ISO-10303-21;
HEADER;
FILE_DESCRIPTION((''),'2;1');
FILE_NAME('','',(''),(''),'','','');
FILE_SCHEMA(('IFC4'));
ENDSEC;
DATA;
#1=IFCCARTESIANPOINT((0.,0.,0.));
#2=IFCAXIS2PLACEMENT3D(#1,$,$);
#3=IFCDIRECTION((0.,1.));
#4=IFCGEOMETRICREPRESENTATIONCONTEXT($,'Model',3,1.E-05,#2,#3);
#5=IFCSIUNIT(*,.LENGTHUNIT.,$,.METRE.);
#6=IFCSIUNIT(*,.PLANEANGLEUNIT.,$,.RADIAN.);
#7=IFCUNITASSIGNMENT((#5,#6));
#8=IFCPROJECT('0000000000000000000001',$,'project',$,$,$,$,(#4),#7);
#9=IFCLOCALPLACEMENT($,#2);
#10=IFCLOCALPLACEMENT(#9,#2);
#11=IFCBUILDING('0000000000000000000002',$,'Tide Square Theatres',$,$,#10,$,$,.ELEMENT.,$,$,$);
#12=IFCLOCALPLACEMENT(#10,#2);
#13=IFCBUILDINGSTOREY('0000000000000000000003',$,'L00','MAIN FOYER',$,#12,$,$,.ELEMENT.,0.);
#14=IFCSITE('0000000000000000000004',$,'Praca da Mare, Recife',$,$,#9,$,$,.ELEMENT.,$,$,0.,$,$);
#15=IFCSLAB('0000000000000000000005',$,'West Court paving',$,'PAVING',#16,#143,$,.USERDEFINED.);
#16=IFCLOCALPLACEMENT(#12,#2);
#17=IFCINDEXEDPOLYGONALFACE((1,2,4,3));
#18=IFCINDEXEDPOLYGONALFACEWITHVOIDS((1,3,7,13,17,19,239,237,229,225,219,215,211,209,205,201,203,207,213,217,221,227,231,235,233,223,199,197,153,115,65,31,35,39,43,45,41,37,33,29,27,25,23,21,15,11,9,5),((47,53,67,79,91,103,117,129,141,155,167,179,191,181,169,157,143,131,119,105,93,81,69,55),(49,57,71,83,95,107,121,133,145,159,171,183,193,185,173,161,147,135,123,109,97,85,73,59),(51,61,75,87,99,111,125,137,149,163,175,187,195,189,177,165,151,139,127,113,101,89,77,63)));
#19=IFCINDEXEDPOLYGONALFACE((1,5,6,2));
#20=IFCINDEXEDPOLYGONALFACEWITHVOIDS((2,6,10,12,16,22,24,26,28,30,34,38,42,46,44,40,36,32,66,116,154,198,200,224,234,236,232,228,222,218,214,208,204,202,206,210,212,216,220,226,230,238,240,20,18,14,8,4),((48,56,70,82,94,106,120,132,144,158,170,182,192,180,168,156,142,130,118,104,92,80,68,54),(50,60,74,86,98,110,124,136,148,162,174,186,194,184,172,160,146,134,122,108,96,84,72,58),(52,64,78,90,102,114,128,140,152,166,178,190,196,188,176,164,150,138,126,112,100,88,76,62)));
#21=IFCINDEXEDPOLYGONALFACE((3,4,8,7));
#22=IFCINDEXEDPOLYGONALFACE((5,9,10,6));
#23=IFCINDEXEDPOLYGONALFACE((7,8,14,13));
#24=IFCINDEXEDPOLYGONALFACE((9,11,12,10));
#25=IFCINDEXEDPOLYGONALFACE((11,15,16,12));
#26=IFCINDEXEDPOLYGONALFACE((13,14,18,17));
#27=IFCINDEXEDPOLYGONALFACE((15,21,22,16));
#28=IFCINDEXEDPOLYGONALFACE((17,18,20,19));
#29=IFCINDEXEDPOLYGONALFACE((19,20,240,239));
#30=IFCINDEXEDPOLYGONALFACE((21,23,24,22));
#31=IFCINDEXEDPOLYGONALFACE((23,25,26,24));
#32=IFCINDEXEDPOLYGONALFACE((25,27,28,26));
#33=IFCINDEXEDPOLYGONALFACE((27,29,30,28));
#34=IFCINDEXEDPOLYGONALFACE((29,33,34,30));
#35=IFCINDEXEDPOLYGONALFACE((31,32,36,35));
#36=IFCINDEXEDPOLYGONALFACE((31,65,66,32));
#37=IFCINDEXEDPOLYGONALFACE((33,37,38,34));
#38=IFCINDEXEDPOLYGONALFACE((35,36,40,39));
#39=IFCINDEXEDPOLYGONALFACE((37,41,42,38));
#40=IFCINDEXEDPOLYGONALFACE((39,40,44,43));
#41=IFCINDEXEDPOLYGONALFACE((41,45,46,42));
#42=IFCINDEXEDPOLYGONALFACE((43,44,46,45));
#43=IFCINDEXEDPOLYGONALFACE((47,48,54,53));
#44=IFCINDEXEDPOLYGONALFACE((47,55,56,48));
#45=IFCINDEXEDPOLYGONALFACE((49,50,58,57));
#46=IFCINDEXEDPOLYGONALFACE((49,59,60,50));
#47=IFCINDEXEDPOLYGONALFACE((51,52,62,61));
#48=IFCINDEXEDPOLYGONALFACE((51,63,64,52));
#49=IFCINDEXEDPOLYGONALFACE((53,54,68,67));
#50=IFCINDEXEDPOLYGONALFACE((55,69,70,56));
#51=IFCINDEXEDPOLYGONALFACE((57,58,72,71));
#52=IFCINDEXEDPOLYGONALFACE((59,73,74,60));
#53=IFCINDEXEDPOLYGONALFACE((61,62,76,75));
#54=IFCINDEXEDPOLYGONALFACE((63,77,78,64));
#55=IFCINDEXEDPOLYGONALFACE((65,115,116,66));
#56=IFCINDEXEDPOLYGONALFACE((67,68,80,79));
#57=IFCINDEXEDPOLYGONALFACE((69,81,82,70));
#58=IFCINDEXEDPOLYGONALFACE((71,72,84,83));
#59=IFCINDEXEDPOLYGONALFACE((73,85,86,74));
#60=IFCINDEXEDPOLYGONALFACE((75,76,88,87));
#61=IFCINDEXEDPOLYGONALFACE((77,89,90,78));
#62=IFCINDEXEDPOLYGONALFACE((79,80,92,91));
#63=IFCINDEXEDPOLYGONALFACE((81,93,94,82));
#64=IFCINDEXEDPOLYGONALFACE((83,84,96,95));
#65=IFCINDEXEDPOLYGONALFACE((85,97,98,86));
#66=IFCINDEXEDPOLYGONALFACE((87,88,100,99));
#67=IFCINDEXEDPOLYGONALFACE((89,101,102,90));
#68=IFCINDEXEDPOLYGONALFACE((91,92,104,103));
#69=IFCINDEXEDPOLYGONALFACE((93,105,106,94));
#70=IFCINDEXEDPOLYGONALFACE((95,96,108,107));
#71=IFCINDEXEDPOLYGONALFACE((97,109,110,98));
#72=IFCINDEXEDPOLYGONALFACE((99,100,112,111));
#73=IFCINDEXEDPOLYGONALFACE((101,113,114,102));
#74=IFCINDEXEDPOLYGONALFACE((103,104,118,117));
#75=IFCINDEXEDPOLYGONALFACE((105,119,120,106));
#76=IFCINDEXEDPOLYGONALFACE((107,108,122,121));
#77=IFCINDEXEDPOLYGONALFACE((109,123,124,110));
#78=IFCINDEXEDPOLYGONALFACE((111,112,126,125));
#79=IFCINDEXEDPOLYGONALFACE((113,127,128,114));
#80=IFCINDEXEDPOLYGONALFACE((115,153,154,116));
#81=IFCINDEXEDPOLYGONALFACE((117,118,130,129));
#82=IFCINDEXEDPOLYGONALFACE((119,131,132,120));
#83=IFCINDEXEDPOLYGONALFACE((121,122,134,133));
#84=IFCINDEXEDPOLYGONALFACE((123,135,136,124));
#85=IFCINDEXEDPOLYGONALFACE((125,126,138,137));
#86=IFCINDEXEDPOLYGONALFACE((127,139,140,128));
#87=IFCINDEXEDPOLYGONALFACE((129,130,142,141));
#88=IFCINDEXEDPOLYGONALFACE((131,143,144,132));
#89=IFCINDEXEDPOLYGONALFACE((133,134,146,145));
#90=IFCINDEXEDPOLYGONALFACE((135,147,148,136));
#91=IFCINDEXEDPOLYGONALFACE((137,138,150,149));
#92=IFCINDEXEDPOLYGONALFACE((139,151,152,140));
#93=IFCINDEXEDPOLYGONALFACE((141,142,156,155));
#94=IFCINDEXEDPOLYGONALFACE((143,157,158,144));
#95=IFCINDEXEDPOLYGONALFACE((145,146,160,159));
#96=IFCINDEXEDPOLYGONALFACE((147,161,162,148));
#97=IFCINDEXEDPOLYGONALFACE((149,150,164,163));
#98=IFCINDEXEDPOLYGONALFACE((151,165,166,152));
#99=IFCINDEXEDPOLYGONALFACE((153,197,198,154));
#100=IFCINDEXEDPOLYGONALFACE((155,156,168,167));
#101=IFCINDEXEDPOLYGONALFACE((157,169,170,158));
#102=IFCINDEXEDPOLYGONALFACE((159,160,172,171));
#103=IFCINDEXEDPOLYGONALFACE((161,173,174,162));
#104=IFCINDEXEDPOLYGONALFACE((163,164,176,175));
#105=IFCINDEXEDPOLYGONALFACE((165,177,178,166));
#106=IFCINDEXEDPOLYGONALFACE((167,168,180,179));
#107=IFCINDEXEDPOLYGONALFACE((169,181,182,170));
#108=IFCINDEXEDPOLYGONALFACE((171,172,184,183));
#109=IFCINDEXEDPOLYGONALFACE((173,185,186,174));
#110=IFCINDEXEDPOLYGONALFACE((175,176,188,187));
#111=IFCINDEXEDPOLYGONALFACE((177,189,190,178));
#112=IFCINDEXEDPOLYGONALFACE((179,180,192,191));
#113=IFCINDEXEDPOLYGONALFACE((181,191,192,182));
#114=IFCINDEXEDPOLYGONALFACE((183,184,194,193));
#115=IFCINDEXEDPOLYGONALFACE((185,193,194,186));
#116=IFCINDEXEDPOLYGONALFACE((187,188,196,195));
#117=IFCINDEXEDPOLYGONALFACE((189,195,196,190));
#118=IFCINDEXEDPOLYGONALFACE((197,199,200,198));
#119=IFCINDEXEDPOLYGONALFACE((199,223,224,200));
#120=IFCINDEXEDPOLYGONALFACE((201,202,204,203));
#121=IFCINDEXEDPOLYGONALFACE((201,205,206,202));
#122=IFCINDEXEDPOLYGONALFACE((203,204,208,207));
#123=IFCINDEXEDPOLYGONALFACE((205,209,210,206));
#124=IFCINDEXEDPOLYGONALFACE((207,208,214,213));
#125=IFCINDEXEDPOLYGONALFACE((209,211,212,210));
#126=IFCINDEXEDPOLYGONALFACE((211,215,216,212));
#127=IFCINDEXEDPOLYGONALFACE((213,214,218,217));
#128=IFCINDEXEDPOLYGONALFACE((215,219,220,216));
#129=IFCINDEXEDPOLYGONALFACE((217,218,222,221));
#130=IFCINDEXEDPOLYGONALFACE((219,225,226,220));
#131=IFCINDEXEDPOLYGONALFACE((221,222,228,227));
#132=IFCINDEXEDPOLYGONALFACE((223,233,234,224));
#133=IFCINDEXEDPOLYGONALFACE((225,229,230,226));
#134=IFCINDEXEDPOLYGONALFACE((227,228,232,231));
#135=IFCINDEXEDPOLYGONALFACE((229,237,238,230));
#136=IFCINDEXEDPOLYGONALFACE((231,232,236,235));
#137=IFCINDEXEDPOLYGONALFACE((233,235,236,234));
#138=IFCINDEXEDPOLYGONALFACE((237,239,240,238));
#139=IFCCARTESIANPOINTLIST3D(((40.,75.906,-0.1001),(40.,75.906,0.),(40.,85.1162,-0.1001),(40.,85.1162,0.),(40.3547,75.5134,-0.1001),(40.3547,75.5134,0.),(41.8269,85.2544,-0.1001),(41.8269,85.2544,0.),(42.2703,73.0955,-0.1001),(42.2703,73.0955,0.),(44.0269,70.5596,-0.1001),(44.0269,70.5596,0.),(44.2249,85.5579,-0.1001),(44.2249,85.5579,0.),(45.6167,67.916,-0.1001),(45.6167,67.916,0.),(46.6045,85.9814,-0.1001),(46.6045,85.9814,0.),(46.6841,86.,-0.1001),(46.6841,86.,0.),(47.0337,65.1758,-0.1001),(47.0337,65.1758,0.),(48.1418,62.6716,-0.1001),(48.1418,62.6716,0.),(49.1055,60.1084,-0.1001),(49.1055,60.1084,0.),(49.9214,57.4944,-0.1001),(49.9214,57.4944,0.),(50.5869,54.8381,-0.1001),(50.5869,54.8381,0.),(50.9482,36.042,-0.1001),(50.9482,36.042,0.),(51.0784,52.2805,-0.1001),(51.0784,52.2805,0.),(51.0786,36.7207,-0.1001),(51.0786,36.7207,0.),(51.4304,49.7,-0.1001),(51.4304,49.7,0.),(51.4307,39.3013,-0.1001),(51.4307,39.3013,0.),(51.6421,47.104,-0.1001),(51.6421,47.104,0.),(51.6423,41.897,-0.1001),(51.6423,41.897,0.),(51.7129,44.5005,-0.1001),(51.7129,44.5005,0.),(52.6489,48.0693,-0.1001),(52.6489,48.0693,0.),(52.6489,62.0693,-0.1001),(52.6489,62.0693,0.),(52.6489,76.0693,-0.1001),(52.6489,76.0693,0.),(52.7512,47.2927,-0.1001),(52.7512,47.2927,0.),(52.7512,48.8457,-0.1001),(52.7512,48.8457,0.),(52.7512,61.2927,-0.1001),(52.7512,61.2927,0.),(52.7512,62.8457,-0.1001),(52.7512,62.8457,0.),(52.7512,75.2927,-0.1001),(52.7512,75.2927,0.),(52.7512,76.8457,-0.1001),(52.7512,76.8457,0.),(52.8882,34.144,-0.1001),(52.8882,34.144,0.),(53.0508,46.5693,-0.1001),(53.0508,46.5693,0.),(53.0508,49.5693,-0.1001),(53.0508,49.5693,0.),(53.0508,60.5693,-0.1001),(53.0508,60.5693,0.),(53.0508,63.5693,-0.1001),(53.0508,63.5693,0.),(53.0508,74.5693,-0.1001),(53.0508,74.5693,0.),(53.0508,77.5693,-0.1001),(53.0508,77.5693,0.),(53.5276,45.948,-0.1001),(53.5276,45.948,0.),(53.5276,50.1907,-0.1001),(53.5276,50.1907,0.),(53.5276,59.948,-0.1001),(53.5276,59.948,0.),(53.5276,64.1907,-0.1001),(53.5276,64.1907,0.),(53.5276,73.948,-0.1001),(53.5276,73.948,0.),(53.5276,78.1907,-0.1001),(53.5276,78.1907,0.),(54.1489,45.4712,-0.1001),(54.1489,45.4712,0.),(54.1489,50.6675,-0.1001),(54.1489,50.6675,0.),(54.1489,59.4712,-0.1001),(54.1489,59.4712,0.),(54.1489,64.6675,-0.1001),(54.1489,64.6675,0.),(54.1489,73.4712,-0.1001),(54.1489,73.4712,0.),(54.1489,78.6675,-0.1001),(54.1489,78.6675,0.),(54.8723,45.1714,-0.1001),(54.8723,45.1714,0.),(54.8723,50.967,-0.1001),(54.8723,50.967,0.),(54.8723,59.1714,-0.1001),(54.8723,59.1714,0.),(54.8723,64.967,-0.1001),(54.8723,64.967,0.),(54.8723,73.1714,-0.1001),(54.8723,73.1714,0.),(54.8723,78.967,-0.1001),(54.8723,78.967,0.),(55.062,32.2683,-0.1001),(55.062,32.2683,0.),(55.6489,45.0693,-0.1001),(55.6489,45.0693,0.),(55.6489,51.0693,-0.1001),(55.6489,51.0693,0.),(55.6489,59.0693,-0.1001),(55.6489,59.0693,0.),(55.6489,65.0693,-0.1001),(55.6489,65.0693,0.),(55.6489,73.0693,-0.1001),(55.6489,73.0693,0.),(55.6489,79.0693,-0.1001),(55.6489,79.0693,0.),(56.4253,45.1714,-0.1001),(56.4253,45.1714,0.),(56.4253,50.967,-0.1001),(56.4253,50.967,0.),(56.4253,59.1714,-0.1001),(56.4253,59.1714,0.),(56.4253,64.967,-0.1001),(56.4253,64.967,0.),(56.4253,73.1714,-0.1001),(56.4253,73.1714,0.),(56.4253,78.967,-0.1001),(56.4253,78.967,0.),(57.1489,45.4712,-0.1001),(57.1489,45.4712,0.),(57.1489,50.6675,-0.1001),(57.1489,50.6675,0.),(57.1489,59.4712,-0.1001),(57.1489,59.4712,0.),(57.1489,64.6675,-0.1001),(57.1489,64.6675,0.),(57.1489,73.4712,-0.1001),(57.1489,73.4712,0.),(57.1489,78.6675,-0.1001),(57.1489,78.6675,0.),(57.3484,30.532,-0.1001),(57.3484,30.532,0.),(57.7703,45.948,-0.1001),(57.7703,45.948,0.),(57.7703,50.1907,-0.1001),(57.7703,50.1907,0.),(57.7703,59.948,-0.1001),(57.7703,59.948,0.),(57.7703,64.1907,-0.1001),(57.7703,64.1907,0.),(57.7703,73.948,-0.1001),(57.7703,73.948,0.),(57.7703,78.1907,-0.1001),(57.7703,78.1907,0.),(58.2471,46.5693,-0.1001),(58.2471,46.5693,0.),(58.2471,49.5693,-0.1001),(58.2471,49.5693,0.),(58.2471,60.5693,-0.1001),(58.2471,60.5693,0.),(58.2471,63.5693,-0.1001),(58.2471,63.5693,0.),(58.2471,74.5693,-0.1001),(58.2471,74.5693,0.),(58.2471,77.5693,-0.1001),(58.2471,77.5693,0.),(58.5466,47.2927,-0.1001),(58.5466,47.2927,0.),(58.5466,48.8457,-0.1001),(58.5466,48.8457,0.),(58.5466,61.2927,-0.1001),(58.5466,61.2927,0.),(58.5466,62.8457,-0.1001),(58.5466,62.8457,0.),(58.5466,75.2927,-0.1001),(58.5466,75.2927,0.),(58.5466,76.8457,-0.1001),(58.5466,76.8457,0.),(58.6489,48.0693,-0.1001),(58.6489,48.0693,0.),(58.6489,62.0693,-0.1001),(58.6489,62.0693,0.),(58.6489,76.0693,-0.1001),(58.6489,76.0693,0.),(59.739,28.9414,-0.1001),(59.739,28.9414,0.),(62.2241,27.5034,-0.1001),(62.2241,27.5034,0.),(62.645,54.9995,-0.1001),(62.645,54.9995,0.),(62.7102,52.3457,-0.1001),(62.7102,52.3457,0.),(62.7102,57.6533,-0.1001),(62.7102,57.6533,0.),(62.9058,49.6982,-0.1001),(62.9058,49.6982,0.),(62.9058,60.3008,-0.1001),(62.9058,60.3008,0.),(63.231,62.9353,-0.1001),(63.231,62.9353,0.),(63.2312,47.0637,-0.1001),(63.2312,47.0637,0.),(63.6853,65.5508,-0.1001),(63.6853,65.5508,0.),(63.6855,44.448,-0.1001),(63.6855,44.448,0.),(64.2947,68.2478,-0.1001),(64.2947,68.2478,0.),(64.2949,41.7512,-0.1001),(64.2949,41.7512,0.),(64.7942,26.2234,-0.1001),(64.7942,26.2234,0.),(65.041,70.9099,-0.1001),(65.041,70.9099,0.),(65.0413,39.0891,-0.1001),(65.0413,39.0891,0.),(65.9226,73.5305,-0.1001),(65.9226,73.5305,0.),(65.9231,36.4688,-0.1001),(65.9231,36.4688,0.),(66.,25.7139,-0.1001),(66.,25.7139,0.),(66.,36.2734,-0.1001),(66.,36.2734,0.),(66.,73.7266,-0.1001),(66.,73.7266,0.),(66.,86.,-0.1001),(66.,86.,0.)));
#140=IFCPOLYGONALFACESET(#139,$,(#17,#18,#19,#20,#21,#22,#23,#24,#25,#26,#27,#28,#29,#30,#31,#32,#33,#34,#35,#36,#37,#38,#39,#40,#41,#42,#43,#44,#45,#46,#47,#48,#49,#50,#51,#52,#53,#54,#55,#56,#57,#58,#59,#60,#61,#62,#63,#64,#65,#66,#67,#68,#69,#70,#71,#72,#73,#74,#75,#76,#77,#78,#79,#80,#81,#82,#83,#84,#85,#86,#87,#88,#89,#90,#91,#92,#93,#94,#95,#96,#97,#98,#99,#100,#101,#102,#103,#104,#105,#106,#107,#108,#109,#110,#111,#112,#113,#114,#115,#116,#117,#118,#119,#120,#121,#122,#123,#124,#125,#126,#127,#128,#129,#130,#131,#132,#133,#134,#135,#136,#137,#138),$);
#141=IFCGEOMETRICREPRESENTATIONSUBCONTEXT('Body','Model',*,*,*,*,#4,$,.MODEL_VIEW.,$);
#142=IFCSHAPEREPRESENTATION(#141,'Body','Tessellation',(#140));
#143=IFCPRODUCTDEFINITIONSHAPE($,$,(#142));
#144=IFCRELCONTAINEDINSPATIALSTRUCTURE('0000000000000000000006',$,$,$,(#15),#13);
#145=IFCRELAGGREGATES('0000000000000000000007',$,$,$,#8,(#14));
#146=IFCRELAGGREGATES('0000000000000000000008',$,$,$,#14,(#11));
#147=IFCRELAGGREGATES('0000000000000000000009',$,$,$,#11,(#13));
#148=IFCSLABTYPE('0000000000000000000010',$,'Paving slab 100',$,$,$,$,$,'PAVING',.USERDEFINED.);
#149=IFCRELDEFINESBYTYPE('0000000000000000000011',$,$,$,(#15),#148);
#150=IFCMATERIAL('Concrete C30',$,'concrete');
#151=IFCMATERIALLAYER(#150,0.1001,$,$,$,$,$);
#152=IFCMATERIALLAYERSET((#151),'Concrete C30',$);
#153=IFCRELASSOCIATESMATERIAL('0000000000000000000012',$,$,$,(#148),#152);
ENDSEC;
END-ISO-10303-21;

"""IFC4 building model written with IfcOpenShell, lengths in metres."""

from ifc_helpers import new_model, si_unit, direction, frame, origin, place, context, subcontext, project, spatial, polyline, outline, extrude, material, layer, layer_set, type_object, element, save


model = new_model("IFC4")

# Units and contexts
model_context = context("Model", 3, precision=1e-05, world=origin(), true_north=direction((0.0, 1.0)))
body_context = subcontext(model_context, "Body", "Model", "MODEL_VIEW")
ifc_project = project(units=[si_unit("LENGTHUNIT", "METRE"), si_unit("PLANEANGLEUNIT", "RADIAN")], contexts=[model_context])

# Site, building, storey
site_placement = place(None, origin())
site = spatial("IfcSite", under=ifc_project, at=site_placement, Name="Praca da Mare, Recife", CompositionType="ELEMENT", RefElevation=0.0)
building_placement = place(site_placement, origin())
building = spatial("IfcBuilding", under=site, at=building_placement, Name="Tide Square Theatres", CompositionType="ELEMENT")
storey_placement = place(building_placement, origin())
storey = spatial("IfcBuildingStorey", under=building, at=storey_placement, Name="L00", Description="MAIN FOYER", CompositionType="ELEMENT", Elevation=0.0)

# Slab
ifc_material_1 = material(Name="Concrete C30", Category="concrete")
ifc_layer_1 = layer(ifc_material_1, 0.1001)
ifc_layer_set_1 = layer_set([ifc_layer_1], Name="Concrete C30")
slab_type_1 = type_object("IfcSlabType", Name="Paving slab 100", ElementType="PAVING", PredefinedType="USERDEFINED", material=ifc_layer_set_1)
slab_1_placement = place(storey_placement, frame((0.0, 0.0, -0.1001)))
element("IfcSlab", 1, at=slab_1_placement, inside=storey, type_object=slab_type_1, Name="West Court paving", ObjectType="PAVING", PredefinedType="USERDEFINED", context=body_context, shape_type="SweptSolid", body=[
    extrude(outline(polyline([(40.0, 85.1162), (40.0, 75.906), (40.3547, 75.5134), (42.2703, 73.0955), (44.0269, 70.5596), (45.6167, 67.916), (47.0337, 65.1758), (48.1418, 62.6716), (49.1055, 60.1084), (49.9214, 57.4944), (50.5869, 54.8381), (51.0784, 52.2805), (51.4304, 49.7), (51.6421, 47.104), (51.7129, 44.5005), (51.6423, 41.897), (51.4307, 39.3013), (51.0786, 36.7207), (50.9482, 36.042), (52.8882, 34.144), (55.062, 32.2683), (57.3484, 30.532), (59.739, 28.9414), (62.2241, 27.5034), (64.7942, 26.2234), (66.0, 25.7139), (66.0, 36.2734), (65.9231, 36.4688), (65.0413, 39.0891), (64.2949, 41.7512), (63.6855, 44.448), (63.2312, 47.0637), (62.9058, 49.6982), (62.7102, 52.3457), (62.645, 54.9995), (62.7102, 57.6533), (62.9058, 60.3008), (63.231, 62.9353), (63.6853, 65.5508), (64.2947, 68.2478), (65.041, 70.9099), (65.9226, 73.5305), (66.0, 73.7266), (66.0, 86.0), (46.6841, 86.0), (46.6045, 85.9814), (44.2249, 85.5579), (41.8269, 85.2544), (40.0, 85.1162)]), holes=[polyline([(58.6489, 48.0693), (58.5466, 48.8457), (58.2471, 49.5693), (57.7703, 50.1907), (57.1489, 50.6675), (56.4253, 50.967), (55.6489, 51.0693), (54.8723, 50.967), (54.1489, 50.6675), (53.5276, 50.1907), (53.0508, 49.5693), (52.7512, 48.8457), (52.6489, 48.0693), (52.7512, 47.2927), (53.0508, 46.5693), (53.5276, 45.948), (54.1489, 45.4712), (54.8723, 45.1714), (55.6489, 45.0693), (56.4253, 45.1714), (57.1489, 45.4712), (57.7703, 45.948), (58.2471, 46.5693), (58.5466, 47.2927), (58.6489, 48.0693)]), polyline([(58.5466, 61.2927), (58.6489, 62.0693), (58.5466, 62.8457), (58.2471, 63.5693), (57.7703, 64.1907), (57.1489, 64.6675), (56.4253, 64.967), (55.6489, 65.0693), (54.8723, 64.967), (54.1489, 64.6675), (53.5276, 64.1907), (53.0508, 63.5693), (52.7512, 62.8457), (52.6489, 62.0693), (52.7512, 61.2927), (53.0508, 60.5693), (53.5276, 59.948), (54.1489, 59.4712), (54.8723, 59.1714), (55.6489, 59.0693), (56.4253, 59.1714), (57.1489, 59.4712), (57.7703, 59.948), (58.2471, 60.5693), (58.5466, 61.2927)]), polyline([(58.5466, 75.2927), (58.6489, 76.0693), (58.5466, 76.8457), (58.2471, 77.5693), (57.7703, 78.1907), (57.1489, 78.6675), (56.4253, 78.967), (55.6489, 79.0693), (54.8723, 78.967), (54.1489, 78.6675), (53.5276, 78.1907), (53.0508, 77.5693), (52.7512, 76.8457), (52.6489, 76.0693), (52.7512, 75.2927), (53.0508, 74.5693), (53.5276, 73.948), (54.1489, 73.4712), (54.8723, 73.1714), (55.6489, 73.0693), (56.4253, 73.1714), (57.1489, 73.4712), (57.7703, 73.948), (58.2471, 74.5693), (58.5466, 75.2927)])]), origin(), (0.0, 0.0, 1.0), 0.1001),
])

save(model, "model.ifc")
